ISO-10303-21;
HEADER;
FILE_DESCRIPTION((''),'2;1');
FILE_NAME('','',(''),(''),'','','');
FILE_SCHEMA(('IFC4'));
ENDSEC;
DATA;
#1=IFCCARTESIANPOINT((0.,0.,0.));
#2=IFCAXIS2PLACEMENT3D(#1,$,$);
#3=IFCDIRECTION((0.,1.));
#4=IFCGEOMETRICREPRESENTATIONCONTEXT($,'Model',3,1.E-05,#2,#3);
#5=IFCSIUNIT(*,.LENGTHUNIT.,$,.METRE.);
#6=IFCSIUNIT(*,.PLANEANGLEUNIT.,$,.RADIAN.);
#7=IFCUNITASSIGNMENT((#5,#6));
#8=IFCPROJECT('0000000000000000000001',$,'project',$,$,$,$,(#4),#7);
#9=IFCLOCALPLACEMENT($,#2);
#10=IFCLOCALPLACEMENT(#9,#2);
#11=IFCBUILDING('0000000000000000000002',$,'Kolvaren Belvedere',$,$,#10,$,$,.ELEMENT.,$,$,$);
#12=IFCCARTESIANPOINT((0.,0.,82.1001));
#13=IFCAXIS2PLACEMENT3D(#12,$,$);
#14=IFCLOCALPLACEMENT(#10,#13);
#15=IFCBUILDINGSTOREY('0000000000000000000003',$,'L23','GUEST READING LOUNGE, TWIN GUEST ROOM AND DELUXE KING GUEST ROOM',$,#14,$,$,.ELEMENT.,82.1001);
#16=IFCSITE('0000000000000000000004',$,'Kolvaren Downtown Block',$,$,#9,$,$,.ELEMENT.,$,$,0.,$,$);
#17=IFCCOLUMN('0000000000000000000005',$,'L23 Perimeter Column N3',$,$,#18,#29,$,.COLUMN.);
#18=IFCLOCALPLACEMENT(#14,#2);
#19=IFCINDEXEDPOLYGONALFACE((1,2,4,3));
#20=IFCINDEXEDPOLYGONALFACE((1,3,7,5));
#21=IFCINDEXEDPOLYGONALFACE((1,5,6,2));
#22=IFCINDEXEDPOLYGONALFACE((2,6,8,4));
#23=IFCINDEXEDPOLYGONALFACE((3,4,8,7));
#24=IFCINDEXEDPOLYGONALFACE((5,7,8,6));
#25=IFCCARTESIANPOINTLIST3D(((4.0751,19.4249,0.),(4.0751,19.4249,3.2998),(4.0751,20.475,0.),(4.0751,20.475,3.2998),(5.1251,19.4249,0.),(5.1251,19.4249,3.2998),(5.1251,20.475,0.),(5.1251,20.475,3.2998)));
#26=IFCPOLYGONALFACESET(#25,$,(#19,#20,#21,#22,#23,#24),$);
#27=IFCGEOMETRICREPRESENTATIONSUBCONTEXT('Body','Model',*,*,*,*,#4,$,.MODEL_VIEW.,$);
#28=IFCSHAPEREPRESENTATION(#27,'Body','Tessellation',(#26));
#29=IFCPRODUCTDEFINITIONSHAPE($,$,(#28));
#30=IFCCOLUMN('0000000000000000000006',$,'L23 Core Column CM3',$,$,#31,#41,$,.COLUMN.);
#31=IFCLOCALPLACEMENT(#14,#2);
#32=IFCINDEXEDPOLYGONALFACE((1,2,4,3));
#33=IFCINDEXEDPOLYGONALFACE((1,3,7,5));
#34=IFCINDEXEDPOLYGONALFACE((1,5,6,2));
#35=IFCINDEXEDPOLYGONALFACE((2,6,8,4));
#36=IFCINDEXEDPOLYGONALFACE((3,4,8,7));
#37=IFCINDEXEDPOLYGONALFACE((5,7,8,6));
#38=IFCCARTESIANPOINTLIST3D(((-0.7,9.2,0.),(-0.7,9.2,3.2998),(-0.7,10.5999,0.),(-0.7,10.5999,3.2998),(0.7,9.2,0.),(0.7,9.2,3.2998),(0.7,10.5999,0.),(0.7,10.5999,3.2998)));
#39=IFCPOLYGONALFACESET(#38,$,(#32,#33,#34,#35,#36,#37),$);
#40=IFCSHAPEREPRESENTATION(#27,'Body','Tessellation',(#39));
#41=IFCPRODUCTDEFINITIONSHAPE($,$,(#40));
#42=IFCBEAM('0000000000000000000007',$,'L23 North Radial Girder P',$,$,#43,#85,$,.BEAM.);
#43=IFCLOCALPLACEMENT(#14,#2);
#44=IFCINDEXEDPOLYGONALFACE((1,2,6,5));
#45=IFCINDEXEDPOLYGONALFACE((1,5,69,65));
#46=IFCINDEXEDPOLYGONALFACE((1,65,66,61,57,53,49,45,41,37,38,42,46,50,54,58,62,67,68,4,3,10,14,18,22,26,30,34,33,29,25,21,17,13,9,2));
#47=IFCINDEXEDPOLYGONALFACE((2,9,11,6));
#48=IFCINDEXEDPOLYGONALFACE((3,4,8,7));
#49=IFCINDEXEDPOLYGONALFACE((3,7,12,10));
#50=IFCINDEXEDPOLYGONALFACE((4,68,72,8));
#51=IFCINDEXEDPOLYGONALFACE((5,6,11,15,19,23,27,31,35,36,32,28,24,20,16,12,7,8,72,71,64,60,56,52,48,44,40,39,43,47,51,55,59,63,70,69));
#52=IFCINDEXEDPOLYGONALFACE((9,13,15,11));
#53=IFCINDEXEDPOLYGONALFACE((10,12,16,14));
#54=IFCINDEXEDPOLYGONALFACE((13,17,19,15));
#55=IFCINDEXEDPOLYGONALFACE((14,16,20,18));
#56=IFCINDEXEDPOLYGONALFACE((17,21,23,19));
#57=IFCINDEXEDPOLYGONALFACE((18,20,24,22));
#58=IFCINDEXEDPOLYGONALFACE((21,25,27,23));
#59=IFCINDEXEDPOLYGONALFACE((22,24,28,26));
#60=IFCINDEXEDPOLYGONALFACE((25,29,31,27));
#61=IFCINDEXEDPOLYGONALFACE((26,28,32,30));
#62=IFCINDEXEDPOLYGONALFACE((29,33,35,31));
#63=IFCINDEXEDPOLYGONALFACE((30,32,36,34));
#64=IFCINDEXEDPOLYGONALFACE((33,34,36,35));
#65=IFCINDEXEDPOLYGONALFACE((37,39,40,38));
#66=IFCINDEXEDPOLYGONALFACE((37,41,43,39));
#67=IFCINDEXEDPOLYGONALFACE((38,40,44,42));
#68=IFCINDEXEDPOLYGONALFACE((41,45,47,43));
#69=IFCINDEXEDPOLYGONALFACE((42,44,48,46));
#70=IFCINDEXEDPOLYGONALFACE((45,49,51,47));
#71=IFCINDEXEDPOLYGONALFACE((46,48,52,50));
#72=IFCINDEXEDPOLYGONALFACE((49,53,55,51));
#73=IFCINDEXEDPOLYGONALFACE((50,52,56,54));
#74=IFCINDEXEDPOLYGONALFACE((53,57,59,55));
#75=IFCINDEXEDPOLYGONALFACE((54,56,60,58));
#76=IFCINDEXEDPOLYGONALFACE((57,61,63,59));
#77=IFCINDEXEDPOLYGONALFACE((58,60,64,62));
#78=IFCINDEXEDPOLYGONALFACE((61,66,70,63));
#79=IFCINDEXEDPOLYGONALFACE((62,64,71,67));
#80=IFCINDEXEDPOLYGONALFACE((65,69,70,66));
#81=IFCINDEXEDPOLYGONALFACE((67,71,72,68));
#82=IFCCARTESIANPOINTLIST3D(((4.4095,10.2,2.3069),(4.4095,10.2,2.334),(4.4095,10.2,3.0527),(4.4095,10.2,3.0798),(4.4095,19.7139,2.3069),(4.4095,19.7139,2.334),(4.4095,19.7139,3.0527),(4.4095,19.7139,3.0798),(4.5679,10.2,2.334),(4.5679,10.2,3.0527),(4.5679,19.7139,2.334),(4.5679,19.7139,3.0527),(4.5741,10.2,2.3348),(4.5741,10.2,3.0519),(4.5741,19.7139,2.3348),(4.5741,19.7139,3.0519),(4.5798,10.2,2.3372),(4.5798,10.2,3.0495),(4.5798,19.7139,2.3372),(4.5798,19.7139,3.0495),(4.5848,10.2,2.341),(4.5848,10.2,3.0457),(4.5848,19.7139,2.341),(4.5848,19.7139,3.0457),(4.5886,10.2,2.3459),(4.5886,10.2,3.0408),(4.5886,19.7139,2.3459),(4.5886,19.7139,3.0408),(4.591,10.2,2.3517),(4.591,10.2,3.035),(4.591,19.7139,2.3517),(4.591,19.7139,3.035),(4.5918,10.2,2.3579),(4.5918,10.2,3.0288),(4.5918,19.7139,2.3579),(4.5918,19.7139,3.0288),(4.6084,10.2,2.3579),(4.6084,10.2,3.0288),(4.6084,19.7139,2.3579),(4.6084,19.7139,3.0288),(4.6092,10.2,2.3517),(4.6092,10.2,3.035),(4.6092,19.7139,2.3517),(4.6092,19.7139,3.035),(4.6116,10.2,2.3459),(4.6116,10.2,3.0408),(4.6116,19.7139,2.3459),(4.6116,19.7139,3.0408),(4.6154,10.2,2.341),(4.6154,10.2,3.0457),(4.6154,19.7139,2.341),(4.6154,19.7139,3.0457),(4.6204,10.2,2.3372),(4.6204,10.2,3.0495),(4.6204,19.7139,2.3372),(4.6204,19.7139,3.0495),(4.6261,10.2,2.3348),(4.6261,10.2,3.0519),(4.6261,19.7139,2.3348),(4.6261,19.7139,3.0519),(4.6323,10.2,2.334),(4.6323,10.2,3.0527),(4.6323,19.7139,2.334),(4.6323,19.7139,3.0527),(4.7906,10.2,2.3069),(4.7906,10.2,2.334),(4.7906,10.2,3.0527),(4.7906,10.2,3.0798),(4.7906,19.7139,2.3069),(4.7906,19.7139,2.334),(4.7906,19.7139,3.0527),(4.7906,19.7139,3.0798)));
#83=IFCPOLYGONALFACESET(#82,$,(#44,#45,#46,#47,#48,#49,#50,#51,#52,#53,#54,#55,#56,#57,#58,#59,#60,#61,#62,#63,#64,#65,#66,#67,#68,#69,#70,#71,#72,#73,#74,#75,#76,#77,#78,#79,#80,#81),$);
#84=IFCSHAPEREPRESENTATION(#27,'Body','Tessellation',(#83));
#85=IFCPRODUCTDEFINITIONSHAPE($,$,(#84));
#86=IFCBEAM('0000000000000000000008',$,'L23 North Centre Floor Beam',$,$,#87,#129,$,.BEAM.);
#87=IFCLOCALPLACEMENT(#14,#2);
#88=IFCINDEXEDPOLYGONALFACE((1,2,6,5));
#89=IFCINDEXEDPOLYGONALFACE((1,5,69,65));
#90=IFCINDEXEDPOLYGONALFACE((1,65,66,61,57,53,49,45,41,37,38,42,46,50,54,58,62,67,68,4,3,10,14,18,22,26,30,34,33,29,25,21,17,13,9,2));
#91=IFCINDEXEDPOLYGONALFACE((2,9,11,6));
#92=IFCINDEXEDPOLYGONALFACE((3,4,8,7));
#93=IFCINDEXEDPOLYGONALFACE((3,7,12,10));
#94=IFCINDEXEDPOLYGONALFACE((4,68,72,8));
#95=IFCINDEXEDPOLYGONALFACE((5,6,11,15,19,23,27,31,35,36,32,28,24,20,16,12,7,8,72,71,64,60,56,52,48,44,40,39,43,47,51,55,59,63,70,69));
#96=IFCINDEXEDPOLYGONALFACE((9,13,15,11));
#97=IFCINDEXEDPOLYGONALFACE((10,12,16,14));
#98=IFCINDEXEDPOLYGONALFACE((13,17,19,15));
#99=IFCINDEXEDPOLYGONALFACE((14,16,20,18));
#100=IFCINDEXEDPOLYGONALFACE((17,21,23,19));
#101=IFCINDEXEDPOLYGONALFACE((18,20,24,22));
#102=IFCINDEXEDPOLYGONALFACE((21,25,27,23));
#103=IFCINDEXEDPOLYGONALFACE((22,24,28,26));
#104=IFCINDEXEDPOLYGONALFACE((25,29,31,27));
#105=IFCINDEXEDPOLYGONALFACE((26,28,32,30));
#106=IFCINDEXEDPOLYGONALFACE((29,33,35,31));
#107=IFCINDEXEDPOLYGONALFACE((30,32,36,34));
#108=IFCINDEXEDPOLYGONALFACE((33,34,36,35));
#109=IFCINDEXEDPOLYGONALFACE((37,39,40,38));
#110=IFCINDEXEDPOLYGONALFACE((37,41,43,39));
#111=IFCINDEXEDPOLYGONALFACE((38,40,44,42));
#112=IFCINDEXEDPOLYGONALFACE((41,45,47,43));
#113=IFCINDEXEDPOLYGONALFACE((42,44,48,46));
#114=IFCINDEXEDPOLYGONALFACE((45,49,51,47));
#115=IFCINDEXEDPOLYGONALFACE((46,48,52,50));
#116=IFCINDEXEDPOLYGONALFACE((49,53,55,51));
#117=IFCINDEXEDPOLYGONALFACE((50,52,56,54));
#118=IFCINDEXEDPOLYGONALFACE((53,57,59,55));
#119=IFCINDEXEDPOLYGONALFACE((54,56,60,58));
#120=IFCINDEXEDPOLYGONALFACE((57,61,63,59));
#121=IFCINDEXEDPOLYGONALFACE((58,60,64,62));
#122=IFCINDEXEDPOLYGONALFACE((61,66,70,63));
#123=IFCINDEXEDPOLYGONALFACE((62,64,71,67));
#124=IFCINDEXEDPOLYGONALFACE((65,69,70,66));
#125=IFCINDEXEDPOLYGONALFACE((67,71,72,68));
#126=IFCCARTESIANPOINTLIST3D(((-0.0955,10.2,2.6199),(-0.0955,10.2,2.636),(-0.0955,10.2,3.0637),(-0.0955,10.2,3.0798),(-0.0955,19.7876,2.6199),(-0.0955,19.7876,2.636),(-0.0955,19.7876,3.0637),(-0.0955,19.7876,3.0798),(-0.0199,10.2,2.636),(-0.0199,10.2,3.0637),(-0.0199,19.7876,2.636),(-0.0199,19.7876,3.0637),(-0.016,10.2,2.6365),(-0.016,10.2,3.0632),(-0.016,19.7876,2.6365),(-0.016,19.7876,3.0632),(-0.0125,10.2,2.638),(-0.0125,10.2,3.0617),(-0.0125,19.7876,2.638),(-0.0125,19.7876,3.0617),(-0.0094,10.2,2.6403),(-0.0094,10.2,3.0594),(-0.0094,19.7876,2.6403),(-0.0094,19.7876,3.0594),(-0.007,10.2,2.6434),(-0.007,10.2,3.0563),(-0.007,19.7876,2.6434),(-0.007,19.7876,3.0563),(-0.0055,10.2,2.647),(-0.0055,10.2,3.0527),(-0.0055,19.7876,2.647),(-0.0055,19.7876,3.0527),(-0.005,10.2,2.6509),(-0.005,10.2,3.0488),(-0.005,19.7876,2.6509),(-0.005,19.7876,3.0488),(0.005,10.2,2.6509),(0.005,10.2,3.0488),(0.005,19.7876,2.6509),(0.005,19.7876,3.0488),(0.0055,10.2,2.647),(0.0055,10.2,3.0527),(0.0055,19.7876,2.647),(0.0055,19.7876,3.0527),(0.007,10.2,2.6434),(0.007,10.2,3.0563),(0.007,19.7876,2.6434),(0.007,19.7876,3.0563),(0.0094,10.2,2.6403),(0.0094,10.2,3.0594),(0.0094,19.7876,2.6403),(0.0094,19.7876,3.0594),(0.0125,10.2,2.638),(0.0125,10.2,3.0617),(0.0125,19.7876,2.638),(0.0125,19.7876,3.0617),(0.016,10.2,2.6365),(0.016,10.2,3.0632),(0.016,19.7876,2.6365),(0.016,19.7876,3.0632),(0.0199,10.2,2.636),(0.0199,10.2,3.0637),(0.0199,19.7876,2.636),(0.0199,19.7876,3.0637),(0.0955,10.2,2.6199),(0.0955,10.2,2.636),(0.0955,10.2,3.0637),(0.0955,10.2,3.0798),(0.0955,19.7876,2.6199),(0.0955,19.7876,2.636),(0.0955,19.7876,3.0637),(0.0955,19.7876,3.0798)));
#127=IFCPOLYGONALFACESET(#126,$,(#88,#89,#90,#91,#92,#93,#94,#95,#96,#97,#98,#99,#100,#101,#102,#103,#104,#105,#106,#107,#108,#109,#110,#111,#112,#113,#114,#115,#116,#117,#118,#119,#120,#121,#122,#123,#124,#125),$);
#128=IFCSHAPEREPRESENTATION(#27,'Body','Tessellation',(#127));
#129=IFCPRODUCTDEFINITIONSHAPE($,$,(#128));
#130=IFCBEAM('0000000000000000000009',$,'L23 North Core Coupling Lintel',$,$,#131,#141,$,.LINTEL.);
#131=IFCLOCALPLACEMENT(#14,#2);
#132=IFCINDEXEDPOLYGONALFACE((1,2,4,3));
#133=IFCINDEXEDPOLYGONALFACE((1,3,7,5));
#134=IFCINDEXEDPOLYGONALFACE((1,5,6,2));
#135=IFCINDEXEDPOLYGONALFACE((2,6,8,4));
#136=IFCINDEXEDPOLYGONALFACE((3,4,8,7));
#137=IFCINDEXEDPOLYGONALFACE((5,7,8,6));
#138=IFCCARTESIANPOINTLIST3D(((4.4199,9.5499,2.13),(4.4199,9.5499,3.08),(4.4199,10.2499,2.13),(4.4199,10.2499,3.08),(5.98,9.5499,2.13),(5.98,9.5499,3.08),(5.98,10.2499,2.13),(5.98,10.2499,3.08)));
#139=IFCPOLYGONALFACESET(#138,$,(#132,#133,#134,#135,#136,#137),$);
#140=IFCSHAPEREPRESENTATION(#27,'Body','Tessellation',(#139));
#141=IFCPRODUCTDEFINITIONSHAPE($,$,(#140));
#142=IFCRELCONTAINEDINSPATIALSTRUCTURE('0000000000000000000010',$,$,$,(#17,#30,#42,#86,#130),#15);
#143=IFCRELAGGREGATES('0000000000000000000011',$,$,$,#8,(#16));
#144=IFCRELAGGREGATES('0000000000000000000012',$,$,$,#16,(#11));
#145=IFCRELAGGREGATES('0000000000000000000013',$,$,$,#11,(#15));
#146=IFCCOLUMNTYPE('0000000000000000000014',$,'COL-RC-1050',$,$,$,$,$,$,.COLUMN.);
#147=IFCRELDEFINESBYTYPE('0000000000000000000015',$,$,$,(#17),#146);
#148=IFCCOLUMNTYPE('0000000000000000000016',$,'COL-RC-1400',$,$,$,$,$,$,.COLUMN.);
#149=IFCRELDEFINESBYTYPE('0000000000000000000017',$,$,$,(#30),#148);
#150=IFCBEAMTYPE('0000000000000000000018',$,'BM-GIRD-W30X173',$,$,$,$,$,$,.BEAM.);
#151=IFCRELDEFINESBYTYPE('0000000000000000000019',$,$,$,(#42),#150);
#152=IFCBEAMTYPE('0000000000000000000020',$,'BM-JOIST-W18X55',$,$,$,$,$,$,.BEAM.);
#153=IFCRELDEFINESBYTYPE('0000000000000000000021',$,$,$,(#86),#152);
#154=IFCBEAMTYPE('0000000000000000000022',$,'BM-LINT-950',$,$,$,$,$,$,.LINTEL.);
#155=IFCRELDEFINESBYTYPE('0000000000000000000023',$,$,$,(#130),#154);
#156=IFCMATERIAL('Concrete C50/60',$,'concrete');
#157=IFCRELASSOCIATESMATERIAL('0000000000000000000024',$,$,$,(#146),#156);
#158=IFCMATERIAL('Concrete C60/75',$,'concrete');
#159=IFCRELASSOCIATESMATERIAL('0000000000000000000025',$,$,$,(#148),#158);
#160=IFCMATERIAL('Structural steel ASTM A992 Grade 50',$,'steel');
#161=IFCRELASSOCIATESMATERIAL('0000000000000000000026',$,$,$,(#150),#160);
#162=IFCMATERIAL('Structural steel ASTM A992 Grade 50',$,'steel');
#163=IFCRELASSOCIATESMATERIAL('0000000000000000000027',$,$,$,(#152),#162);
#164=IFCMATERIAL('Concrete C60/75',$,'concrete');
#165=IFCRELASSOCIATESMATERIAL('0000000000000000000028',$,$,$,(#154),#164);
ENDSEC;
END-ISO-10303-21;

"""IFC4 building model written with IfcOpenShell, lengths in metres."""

from ifc_helpers import new_model, si_unit, direction, frame, origin, origin_2d, place, context, subcontext, project, spatial, rectangle, i_section, extrude, material, material_profile, profile_set, type_object, element, save


model = new_model("IFC4")

# Units and contexts
model_context = context("Model", 3, precision=1e-05, world=origin(), true_north=direction((0.0, 1.0)))
body_context = subcontext(model_context, "Body", "Model", "MODEL_VIEW")
ifc_project = project(units=[si_unit("LENGTHUNIT", "METRE"), si_unit("PLANEANGLEUNIT", "RADIAN")], contexts=[model_context])

# Site, building, storey
site_placement = place(None, origin())
site = spatial("IfcSite", under=ifc_project, at=site_placement, Name="Kolvaren Downtown Block", CompositionType="ELEMENT", RefElevation=0.0)
building_placement = place(site_placement, origin())
building = spatial("IfcBuilding", under=site, at=building_placement, Name="Kolvaren Belvedere", CompositionType="ELEMENT")
storey_placement = place(building_placement, frame((0.0, 0.0, 82.1001)))
storey = spatial("IfcBuildingStorey", under=building, at=storey_placement, Name="L23", Description="GUEST READING LOUNGE, TWIN GUEST ROOM AND DELUXE KING GUEST ROOM", CompositionType="ELEMENT", Elevation=82.1001)

# Columns
ifc_material_1 = material(Name="Concrete C50/60", Category="concrete")
ifc_material_profile_1 = material_profile(ifc_material_1, rectangle(XDim=1.05, YDim=1.05, at=origin_2d()), Name="RC 1050X1050")
ifc_profile_set_1 = profile_set([ifc_material_profile_1], Name="Concrete C50/60")
column_type_1 = type_object("IfcColumnType", Name="COL-RC-1050", PredefinedType="COLUMN", material=ifc_profile_set_1)
column_1_placement = place(storey_placement, frame((4.6001, 19.95, 0.0), z_axis=(0.0, 0.0, 1.0), x_axis=(1.0, 0.0, 0.0)))
element("IfcColumn", 1, at=column_1_placement, inside=storey, type_object=column_type_1, Name="L23 Perimeter Column N3", PredefinedType="COLUMN", context=body_context, shape_type="SweptSolid", body=[
    extrude(rectangle(XDim=1.05, YDim=1.05, at=origin_2d()), origin(), (0.0, 0.0, 1.0), 3.2998),
])
ifc_material_2 = material(Name="Concrete C60/75", Category="concrete")
ifc_material_profile_2 = material_profile(ifc_material_2, rectangle(XDim=1.3999, YDim=1.3999, at=origin_2d()), Name="RC 1400X1400")
ifc_profile_set_2 = profile_set([ifc_material_profile_2], Name="Concrete C60/75")
column_type_2 = type_object("IfcColumnType", Name="COL-RC-1400", PredefinedType="COLUMN", material=ifc_profile_set_2)
column_2_placement = place(storey_placement, frame((0.0, 9.8999, 0.0), z_axis=(0.0, 0.0, 1.0), x_axis=(1.0, 0.0, 0.0)))
element("IfcColumn", 2, at=column_2_placement, inside=storey, type_object=column_type_2, Name="L23 Core Column CM3", PredefinedType="COLUMN", context=body_context, shape_type="SweptSolid", body=[
    extrude(rectangle(XDim=1.3999, YDim=1.3999, at=origin_2d()), origin(), (0.0, 0.0, 1.0), 3.2998),
])

# Beams
ifc_material_3 = material(Name="Structural steel ASTM A992 Grade 50", Category="steel")
ifc_material_profile_3 = material_profile(ifc_material_3, i_section(OverallWidth=0.3811, OverallDepth=0.7729, WebThickness=0.0166, FlangeThickness=0.0271, FilletRadius=0.0239, at=origin_2d()), Name="W30X173")
ifc_profile_set_3 = profile_set([ifc_material_profile_3], Name="Structural steel ASTM A992 Grade 50")
beam_type_1 = type_object("IfcBeamType", Name="BM-GIRD-W30X173", PredefinedType="BEAM", material=ifc_profile_set_3)
beam_1_placement = place(storey_placement, frame((4.6001, 10.2, 2.6934), z_axis=(0.0, 1.0, 0.0), x_axis=(-1.0, 0.0, 0.0)))
element("IfcBeam", 3, at=beam_1_placement, inside=storey, type_object=beam_type_1, Name="L23 North Radial Girder P", PredefinedType="BEAM", context=body_context, shape_type="SweptSolid", body=[
    extrude(i_section(OverallWidth=0.3811, OverallDepth=0.7729, WebThickness=0.0166, FlangeThickness=0.0271, FilletRadius=0.0239, at=origin_2d()), origin(), (0.0, 0.0, 1.0), 9.5139),
])
ifc_material_4 = material(Name="Structural steel ASTM A992 Grade 50", Category="steel")
ifc_material_profile_4 = material_profile(ifc_material_4, i_section(OverallWidth=0.1909, OverallDepth=0.46, WebThickness=0.01, FlangeThickness=0.0161, FilletRadius=0.0149, at=origin_2d()), Name="W18X55")
ifc_profile_set_4 = profile_set([ifc_material_profile_4], Name="Structural steel ASTM A992 Grade 50")
beam_type_2 = type_object("IfcBeamType", Name="BM-JOIST-W18X55", PredefinedType="BEAM", material=ifc_profile_set_4)
beam_2_placement = place(storey_placement, frame((0.0, 10.2, 2.8499), z_axis=(0.0, 1.0, 0.0), x_axis=(-1.0, 0.0, 0.0)))
element("IfcBeam", 4, at=beam_2_placement, inside=storey, type_object=beam_type_2, Name="L23 North Centre Floor Beam", PredefinedType="BEAM", context=body_context, shape_type="SweptSolid", body=[
    extrude(i_section(OverallWidth=0.1909, OverallDepth=0.46, WebThickness=0.01, FlangeThickness=0.0161, FilletRadius=0.0149, at=origin_2d()), origin(), (0.0, 0.0, 1.0), 9.5876),
])
ifc_material_5 = material(Name="Concrete C60/75", Category="concrete")
ifc_material_profile_5 = material_profile(ifc_material_5, rectangle(XDim=0.7, YDim=0.95, at=origin_2d()), Name="RC 700X950")
ifc_profile_set_5 = profile_set([ifc_material_profile_5], Name="Concrete C60/75")
beam_type_3 = type_object("IfcBeamType", Name="BM-LINT-950", PredefinedType="LINTEL", material=ifc_profile_set_5)
beam_3_placement = place(storey_placement, frame((4.4199, 9.8999, 2.605), z_axis=(1.0, 0.0, 0.0), x_axis=(0.0, 1.0, 0.0)))
element("IfcBeam", 5, at=beam_3_placement, inside=storey, type_object=beam_type_3, Name="L23 North Core Coupling Lintel", PredefinedType="LINTEL", context=body_context, shape_type="SweptSolid", body=[
    extrude(rectangle(XDim=0.7, YDim=0.95, at=origin_2d()), origin(), (0.0, 0.0, 1.0), 1.5601),
])

save(model, "model.ifc")
